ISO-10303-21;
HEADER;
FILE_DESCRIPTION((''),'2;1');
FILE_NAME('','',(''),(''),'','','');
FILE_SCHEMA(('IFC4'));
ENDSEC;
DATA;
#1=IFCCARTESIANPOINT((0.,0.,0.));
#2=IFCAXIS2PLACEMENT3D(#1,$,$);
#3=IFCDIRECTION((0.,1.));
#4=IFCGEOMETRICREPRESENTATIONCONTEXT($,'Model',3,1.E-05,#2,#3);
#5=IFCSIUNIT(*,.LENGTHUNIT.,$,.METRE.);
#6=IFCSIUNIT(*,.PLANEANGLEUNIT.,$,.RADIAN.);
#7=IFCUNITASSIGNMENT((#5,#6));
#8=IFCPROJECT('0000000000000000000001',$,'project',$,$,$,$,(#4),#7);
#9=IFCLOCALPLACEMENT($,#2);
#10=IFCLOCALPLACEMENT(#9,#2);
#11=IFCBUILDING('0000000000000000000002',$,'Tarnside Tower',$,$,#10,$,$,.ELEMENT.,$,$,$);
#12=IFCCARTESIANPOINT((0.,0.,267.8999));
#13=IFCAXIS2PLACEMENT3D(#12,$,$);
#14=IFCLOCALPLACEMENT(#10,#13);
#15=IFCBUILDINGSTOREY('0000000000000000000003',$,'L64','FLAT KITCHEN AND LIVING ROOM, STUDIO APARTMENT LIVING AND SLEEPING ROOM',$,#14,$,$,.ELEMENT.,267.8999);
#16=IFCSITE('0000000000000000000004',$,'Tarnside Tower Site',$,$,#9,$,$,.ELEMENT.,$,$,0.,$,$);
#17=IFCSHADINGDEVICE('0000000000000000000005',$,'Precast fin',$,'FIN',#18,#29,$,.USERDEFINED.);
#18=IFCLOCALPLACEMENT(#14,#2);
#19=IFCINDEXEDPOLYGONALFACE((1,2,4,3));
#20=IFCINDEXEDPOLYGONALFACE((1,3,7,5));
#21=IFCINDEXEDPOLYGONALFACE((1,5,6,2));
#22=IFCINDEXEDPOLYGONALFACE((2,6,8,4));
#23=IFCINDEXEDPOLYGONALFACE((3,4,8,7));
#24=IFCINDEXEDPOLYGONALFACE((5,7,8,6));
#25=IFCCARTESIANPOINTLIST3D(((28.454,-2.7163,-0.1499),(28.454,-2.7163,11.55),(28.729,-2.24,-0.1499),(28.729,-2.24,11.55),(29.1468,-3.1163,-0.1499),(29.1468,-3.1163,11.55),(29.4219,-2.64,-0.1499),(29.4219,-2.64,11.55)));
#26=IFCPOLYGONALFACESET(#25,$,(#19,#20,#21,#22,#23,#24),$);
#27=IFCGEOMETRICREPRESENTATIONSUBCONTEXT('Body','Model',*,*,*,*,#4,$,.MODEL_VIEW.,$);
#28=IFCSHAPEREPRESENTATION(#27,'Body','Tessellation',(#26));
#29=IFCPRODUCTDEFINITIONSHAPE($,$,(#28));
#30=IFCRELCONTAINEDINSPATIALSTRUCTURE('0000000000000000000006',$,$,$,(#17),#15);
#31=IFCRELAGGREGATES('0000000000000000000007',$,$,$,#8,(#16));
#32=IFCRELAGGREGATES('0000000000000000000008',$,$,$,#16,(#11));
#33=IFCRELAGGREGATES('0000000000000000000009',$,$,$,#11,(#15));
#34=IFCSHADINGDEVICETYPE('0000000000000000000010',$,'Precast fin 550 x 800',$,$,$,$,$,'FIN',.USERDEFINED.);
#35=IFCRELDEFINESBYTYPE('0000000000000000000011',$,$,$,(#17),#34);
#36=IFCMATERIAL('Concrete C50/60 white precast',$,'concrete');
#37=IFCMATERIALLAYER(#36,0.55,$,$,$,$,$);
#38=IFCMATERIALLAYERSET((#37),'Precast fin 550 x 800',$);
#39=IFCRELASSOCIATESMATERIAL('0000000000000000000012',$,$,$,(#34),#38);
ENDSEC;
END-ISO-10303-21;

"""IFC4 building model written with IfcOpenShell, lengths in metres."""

from ifc_helpers import new_model, si_unit, direction, frame, origin, place, context, subcontext, project, spatial, polyline, outline, extrude, material, layer, layer_set, type_object, element, save


model = new_model("IFC4")

# Units and contexts
model_context = context("Model", 3, precision=1e-05, world=origin(), true_north=direction((0.0, 1.0)))
body_context = subcontext(model_context, "Body", "Model", "MODEL_VIEW")
ifc_project = project(units=[si_unit("LENGTHUNIT", "METRE"), si_unit("PLANEANGLEUNIT", "RADIAN")], contexts=[model_context])

# Site, building, storey
site_placement = place(None, origin())
site = spatial("IfcSite", under=ifc_project, at=site_placement, Name="Tarnside Tower Site", CompositionType="ELEMENT", RefElevation=0.0)
building_placement = place(site_placement, origin())
building = spatial("IfcBuilding", under=site, at=building_placement, Name="Tarnside Tower", CompositionType="ELEMENT")
storey_placement = place(building_placement, frame((0.0, 0.0, 267.8999)))
storey = spatial("IfcBuildingStorey", under=building, at=storey_placement, Name="L64", Description="FLAT KITCHEN AND LIVING ROOM, STUDIO APARTMENT LIVING AND SLEEPING ROOM", CompositionType="ELEMENT", Elevation=267.8999)

# Shading device
ifc_material_1 = material(Name="Concrete C50/60 white precast", Category="concrete")
ifc_layer_1 = layer(ifc_material_1, 0.55)
ifc_layer_set_1 = layer_set([ifc_layer_1], Name="Precast fin 550 x 800")
shading_device_type = type_object("IfcShadingDeviceType", Name="Precast fin 550 x 800", ElementType="FIN", PredefinedType="USERDEFINED", material=ifc_layer_set_1)
for number, where, z_axis, x_axis, name in (
    (1, (28.5916, -2.478, -0.1499), (-0.5, -0.866025, 0.0), (0.866025, -0.5, 0.0), "Precast fin"),
):
    element("IfcShadingDevice", number, at=place(storey_placement, frame(where, z_axis=z_axis, x_axis=x_axis)), inside=storey, type_object=shading_device_type, Name=name, ObjectType="FIN", PredefinedType="USERDEFINED", context=body_context, shape_type="SweptSolid", body=[
        extrude(outline(polyline([(0.0, 0.0), (0.8, 0.0), (0.8, 11.7), (0.0, 11.7), (0.0, 0.0)])), frame((0.0, 0.0, -0.2749)), (0.0, 0.0, 1.0), 0.55),
    ])

save(model, "model.ifc")
